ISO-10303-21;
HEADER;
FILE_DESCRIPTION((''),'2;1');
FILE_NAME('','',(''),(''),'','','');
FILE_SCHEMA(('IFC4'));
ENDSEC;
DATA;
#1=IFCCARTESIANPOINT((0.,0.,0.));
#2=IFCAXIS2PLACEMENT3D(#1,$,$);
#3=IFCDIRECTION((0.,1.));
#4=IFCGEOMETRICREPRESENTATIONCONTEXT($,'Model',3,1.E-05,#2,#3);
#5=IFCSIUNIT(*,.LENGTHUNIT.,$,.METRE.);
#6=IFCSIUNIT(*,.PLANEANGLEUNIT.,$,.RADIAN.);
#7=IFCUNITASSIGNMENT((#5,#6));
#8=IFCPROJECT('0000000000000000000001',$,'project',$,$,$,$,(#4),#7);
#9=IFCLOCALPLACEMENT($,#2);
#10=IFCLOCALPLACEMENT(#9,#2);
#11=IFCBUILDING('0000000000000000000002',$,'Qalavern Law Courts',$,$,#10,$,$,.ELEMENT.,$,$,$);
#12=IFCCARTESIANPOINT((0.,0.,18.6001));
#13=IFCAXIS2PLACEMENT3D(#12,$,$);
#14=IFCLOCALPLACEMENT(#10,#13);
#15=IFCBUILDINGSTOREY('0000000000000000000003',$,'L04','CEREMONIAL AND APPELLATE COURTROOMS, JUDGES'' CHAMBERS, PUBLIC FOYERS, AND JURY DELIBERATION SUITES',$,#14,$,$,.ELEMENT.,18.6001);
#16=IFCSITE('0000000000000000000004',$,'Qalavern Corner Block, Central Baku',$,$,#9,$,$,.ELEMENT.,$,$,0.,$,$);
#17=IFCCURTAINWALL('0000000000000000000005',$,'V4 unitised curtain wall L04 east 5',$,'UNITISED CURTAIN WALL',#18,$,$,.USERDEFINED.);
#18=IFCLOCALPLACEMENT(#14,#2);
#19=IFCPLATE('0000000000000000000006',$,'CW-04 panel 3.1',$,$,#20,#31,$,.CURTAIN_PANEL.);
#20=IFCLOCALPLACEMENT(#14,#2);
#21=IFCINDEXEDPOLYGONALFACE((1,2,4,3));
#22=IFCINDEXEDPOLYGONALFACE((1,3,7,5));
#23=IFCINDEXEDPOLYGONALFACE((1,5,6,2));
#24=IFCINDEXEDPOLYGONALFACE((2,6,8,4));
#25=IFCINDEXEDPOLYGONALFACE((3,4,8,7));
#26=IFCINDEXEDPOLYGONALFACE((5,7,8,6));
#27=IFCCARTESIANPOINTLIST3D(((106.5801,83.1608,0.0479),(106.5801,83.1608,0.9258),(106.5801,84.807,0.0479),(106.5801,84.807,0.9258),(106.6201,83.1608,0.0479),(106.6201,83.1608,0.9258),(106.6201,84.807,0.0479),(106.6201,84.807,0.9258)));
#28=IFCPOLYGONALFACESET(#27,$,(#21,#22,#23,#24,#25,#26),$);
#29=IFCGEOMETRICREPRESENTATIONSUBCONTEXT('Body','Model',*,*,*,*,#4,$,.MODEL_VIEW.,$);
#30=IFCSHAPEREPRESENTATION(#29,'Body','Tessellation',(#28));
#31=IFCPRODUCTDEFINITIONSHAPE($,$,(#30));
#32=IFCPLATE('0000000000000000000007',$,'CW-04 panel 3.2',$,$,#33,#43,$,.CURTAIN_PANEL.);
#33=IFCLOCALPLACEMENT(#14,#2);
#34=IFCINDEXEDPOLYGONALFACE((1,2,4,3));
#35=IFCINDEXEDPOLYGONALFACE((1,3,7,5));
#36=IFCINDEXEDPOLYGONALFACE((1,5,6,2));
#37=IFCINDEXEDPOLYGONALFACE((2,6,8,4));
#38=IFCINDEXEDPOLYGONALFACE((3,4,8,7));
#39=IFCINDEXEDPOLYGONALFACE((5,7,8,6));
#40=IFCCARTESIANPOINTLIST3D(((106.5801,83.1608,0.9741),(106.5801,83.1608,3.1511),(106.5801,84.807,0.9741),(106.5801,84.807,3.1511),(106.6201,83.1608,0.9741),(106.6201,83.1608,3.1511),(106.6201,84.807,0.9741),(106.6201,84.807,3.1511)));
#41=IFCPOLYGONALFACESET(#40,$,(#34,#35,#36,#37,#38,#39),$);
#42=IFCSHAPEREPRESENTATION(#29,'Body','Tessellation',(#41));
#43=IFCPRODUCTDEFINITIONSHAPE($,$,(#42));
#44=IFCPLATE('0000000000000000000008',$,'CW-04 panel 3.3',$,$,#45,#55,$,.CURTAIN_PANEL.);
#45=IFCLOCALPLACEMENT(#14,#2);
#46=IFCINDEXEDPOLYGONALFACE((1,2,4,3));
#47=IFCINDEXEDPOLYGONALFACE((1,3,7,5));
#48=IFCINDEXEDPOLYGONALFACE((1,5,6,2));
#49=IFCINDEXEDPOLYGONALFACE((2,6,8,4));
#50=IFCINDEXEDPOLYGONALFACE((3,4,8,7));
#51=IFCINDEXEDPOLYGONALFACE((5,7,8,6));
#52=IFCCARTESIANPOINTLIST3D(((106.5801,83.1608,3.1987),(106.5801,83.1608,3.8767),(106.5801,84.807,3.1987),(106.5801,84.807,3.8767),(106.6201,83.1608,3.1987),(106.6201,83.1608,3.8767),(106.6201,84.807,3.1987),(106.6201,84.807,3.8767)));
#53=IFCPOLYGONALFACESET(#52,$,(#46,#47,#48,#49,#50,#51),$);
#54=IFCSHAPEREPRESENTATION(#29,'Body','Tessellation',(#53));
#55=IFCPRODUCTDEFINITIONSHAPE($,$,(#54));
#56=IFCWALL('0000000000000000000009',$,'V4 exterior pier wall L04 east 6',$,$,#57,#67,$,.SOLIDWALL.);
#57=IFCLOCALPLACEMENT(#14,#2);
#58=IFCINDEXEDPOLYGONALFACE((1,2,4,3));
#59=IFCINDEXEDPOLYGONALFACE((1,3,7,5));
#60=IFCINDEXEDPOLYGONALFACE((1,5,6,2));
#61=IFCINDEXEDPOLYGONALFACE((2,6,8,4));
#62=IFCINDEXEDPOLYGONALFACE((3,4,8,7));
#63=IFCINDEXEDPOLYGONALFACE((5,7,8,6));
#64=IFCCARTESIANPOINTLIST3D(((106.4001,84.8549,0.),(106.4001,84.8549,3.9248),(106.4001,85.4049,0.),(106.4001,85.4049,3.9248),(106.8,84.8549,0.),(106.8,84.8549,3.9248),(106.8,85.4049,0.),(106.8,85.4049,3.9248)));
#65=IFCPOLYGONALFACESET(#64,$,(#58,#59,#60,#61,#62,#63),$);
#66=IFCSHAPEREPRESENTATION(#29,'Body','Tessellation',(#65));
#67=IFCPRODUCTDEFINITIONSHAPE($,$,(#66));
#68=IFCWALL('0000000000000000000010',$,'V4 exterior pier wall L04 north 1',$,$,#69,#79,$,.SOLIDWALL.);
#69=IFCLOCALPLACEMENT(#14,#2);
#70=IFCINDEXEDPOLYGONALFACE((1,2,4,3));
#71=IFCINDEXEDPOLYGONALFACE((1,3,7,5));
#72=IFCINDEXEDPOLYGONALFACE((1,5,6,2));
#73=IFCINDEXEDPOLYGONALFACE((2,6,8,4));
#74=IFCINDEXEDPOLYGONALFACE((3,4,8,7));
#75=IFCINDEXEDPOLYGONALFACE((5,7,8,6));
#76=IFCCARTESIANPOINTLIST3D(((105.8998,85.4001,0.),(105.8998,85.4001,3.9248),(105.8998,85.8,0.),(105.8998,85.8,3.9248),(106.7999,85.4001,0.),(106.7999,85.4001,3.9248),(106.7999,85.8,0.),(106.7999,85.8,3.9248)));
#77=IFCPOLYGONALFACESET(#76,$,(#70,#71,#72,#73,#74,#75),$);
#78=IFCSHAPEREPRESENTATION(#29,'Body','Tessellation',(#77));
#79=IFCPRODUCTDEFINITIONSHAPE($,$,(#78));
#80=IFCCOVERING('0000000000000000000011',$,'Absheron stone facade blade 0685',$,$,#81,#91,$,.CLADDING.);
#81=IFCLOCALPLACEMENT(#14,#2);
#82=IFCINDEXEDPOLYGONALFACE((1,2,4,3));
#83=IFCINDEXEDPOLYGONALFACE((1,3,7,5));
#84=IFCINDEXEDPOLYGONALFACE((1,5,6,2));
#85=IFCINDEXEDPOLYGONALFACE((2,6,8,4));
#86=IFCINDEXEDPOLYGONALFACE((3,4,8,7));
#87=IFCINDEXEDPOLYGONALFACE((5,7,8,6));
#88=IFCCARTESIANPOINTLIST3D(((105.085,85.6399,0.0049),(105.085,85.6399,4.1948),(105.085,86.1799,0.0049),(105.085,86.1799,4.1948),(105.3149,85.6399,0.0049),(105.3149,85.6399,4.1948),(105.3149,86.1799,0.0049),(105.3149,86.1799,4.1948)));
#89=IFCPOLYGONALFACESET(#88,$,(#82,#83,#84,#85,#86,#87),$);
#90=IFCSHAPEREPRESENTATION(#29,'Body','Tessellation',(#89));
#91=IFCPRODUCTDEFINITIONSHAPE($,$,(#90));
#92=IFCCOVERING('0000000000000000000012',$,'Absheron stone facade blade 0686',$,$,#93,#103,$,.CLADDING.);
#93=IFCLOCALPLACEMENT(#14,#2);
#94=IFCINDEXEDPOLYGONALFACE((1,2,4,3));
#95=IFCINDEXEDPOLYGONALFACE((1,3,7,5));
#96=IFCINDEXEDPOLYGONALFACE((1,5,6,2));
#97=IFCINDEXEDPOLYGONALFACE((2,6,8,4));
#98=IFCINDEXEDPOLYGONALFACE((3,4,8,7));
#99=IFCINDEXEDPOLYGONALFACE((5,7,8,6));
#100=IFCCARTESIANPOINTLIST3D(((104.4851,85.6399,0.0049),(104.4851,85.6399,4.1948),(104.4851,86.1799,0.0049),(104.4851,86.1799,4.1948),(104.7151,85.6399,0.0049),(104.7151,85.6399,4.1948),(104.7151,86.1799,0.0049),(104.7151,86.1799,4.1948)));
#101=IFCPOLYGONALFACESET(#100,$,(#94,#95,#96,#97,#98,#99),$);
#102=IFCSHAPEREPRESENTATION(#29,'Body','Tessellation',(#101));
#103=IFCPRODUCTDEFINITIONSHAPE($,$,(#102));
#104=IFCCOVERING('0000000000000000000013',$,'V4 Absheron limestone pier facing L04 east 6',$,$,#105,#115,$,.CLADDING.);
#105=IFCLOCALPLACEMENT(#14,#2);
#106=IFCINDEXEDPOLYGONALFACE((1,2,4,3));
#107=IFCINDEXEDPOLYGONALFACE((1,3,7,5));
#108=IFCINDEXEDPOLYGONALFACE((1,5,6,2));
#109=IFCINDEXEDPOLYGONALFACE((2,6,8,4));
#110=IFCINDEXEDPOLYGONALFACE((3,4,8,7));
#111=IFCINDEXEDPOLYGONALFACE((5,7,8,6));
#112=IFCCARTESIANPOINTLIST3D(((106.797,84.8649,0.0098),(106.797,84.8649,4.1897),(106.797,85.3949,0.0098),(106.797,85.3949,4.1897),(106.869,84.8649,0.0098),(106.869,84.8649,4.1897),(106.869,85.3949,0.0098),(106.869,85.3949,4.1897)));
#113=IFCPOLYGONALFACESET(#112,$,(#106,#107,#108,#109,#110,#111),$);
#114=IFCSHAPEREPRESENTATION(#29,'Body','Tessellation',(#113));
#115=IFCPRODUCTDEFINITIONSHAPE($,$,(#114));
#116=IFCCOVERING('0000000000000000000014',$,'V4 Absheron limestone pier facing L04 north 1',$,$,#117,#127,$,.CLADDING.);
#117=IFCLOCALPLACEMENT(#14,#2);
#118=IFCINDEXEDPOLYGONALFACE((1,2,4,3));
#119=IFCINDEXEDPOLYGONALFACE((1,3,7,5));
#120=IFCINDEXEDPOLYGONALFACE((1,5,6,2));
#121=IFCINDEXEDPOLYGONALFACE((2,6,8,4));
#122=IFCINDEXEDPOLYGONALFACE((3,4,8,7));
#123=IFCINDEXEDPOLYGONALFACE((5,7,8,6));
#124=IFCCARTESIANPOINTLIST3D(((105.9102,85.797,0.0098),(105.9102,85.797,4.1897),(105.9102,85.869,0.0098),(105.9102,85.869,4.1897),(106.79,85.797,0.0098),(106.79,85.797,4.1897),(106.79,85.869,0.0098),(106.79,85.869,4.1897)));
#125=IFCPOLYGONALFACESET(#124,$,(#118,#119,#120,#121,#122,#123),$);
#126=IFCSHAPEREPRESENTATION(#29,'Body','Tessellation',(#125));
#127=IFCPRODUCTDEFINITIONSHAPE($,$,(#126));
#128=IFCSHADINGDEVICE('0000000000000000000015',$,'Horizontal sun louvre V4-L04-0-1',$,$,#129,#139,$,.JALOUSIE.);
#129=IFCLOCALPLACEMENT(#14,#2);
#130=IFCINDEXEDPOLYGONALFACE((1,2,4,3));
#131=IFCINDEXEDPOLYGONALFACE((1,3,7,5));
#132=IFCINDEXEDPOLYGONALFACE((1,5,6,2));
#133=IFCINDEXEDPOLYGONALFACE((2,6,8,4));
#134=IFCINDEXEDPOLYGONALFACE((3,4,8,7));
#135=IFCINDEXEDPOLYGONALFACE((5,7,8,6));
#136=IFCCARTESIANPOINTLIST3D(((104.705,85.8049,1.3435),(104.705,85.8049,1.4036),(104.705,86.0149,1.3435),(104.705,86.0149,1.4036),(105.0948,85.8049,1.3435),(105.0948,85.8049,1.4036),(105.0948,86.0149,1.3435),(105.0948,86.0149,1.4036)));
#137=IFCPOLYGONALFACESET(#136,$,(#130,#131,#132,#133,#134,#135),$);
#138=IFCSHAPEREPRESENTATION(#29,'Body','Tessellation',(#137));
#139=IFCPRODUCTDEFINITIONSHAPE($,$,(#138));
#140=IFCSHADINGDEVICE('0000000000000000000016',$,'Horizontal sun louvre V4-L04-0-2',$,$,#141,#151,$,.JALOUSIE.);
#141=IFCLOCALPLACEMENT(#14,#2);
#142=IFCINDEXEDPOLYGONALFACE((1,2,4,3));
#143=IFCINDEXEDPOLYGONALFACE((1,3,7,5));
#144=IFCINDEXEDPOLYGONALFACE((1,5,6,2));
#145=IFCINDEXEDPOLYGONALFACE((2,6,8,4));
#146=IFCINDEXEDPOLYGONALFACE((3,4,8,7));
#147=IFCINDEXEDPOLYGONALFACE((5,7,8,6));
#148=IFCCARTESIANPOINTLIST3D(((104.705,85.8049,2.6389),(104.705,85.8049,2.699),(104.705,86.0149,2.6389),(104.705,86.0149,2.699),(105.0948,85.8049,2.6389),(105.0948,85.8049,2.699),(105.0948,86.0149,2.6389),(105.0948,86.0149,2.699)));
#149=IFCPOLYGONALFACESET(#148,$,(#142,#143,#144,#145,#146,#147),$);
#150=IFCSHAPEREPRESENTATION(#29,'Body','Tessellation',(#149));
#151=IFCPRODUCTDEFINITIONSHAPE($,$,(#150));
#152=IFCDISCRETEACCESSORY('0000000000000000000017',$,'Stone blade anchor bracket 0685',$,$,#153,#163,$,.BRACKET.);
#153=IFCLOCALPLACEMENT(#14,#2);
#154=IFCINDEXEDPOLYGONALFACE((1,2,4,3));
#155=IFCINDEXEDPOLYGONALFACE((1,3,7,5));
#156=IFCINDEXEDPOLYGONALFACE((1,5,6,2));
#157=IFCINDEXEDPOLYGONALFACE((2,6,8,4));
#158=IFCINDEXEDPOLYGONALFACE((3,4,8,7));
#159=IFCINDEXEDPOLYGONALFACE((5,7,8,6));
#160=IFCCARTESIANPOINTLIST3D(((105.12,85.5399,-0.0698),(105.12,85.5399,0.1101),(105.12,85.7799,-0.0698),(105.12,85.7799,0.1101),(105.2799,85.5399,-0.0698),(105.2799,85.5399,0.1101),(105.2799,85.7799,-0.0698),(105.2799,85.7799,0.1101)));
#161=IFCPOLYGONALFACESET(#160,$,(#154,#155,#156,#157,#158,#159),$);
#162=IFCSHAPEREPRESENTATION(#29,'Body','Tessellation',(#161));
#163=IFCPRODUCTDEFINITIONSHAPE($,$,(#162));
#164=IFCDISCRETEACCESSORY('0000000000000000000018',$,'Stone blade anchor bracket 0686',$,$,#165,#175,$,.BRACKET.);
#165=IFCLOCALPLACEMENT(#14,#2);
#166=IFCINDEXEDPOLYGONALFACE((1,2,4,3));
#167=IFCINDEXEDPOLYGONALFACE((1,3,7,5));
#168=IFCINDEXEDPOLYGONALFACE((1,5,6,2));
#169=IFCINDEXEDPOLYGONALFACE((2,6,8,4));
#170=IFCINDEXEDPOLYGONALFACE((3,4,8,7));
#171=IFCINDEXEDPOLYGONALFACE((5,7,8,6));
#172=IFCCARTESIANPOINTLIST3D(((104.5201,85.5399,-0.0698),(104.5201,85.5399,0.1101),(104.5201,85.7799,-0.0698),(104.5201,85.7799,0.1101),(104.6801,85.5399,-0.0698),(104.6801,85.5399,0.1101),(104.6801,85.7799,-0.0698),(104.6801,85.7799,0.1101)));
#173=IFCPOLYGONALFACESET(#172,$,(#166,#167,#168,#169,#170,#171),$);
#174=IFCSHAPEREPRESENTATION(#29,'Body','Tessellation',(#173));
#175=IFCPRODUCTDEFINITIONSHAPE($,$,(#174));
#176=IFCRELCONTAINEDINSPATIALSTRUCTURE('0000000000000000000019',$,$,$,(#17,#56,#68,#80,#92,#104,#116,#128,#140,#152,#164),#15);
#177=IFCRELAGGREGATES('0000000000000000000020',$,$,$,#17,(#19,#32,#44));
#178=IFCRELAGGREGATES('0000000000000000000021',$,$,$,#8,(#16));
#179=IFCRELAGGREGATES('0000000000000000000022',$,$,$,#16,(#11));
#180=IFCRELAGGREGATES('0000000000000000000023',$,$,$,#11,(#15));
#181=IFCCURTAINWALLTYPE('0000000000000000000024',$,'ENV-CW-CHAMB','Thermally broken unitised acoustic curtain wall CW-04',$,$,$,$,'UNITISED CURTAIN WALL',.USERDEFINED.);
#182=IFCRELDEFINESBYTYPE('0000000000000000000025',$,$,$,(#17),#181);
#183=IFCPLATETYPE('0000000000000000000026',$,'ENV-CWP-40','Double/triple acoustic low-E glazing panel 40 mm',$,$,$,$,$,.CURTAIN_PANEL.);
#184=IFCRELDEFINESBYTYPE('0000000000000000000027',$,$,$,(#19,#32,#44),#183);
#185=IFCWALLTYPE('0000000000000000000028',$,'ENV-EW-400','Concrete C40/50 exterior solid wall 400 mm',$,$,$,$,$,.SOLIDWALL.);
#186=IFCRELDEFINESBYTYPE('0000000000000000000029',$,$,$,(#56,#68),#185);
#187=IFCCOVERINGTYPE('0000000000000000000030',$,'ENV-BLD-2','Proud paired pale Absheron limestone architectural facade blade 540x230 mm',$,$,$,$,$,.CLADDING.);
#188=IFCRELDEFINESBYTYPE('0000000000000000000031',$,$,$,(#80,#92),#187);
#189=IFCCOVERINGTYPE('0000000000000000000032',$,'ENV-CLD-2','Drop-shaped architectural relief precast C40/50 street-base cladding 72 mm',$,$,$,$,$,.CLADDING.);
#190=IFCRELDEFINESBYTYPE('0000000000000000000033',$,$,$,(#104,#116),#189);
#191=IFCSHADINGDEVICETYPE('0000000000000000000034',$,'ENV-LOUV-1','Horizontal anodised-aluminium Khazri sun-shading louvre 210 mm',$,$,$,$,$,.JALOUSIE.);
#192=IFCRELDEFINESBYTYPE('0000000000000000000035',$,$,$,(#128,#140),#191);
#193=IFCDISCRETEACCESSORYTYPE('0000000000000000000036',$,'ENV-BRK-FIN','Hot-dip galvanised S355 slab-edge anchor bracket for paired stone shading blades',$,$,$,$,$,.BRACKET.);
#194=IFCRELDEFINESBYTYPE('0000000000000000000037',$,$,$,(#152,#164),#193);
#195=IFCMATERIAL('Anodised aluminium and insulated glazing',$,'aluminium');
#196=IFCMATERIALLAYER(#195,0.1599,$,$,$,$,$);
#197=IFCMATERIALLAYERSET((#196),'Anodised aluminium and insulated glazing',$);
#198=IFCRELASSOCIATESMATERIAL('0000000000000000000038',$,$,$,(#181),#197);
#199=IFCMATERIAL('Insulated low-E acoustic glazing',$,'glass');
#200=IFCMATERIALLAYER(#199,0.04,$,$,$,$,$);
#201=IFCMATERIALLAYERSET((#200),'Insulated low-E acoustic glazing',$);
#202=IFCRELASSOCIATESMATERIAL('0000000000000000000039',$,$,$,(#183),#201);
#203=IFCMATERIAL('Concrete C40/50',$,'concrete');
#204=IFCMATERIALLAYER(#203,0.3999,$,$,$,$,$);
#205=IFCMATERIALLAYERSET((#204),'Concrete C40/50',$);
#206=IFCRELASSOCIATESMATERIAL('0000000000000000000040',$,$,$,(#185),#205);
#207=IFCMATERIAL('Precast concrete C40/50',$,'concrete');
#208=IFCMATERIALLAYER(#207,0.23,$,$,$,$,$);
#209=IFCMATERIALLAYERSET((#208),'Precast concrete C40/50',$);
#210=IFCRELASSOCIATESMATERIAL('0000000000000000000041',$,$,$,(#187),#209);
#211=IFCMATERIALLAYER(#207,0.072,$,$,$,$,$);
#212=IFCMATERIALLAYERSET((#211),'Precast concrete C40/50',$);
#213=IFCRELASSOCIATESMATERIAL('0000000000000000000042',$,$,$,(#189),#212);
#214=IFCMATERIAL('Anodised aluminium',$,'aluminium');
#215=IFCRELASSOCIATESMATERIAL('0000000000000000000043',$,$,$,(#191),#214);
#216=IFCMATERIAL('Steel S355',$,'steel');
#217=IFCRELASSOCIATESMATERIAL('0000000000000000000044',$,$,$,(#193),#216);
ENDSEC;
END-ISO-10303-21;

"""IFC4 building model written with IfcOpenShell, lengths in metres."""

from ifc_helpers import new_model, si_unit, direction, frame, frame_2d, origin, origin_2d, place, context, subcontext, project, spatial, rectangle, extrude, material, layer, layer_set, type_object, element, aggregate, save


model = new_model("IFC4")

# Units and contexts
model_context = context("Model", 3, precision=1e-05, world=origin(), true_north=direction((0.0, 1.0)))
body_context = subcontext(model_context, "Body", "Model", "MODEL_VIEW")
ifc_project = project(units=[si_unit("LENGTHUNIT", "METRE"), si_unit("PLANEANGLEUNIT", "RADIAN")], contexts=[model_context])

# Site, building, storey
site_placement = place(None, origin())
site = spatial("IfcSite", under=ifc_project, at=site_placement, Name="Qalavern Corner Block, Central Baku", CompositionType="ELEMENT", RefElevation=0.0)
building_placement = place(site_placement, origin())
building = spatial("IfcBuilding", under=site, at=building_placement, Name="Qalavern Law Courts", CompositionType="ELEMENT")
storey_placement = place(building_placement, frame((0.0, 0.0, 18.6001)))
storey = spatial("IfcBuildingStorey", under=building, at=storey_placement, Name="L04", Description="CEREMONIAL AND APPELLATE COURTROOMS, JUDGES' CHAMBERS, PUBLIC FOYERS, AND JURY DELIBERATION SUITES", CompositionType="ELEMENT", Elevation=18.6001)

# Curtain wall
ifc_material_1 = material(Name="Anodised aluminium and insulated glazing", Category="aluminium")
ifc_layer_1 = layer(ifc_material_1, 0.1599)
ifc_layer_set_1 = layer_set([ifc_layer_1], Name="Anodised aluminium and insulated glazing")
curtain_wall_type = type_object("IfcCurtainWallType", Name="ENV-CW-CHAMB", Description="Thermally broken unitised acoustic curtain wall CW-04", ElementType="UNITISED CURTAIN WALL", PredefinedType="USERDEFINED", material=ifc_layer_set_1)
curtain_wall_1_placement = place(storey_placement, origin())
curtain_wall_1 = element("IfcCurtainWall", 1, at=curtain_wall_1_placement, inside=storey, type_object=curtain_wall_type, Name="V4 unitised curtain wall L04 east 5", ObjectType="UNITISED CURTAIN WALL", PredefinedType="USERDEFINED")
ifc_material_2 = material(Name="Anodised aluminium", Category="aluminium")

# Plates
ifc_material_3 = material(Name="Insulated low-E acoustic glazing", Category="glass")
ifc_layer_2 = layer(ifc_material_3, 0.04)
ifc_layer_set_2 = layer_set([ifc_layer_2], Name="Insulated low-E acoustic glazing")
plate_type_1 = type_object("IfcPlateType", Name="ENV-CWP-40", Description="Double/triple acoustic low-E glazing panel 40 mm", PredefinedType="CURTAIN_PANEL", material=ifc_layer_set_2)
plate_1_placement = place(storey_placement, frame((106.6001, 83.9839, 0.0479), z_axis=(0.0, 0.0, 1.0), x_axis=(0.0, 1.0, 0.0)))
plate_1 = element("IfcPlate", 2, at=plate_1_placement, type_object=plate_type_1, Name="CW-04 panel 3.1", PredefinedType="CURTAIN_PANEL", context=body_context, shape_type="SweptSolid", body=[
    extrude(rectangle(XDim=1.6462, YDim=0.04, at=origin_2d()), origin(), (0.0, 0.0, 1.0), 0.8779),
])
plate_2_placement = place(storey_placement, frame((106.6001, 83.9839, 0.9741), z_axis=(0.0, 0.0, 1.0), x_axis=(0.0, 1.0, 0.0)))
plate_2 = element("IfcPlate", 3, at=plate_2_placement, type_object=plate_type_1, Name="CW-04 panel 3.2", PredefinedType="CURTAIN_PANEL", context=body_context, shape_type="SweptSolid", body=[
    extrude(rectangle(XDim=1.6462, YDim=0.04, at=origin_2d()), origin(), (0.0, 0.0, 1.0), 2.177),
])
plate_3_placement = place(storey_placement, frame((106.6001, 83.9839, 3.1987), z_axis=(0.0, 0.0, 1.0), x_axis=(0.0, 1.0, 0.0)))
plate_3 = element("IfcPlate", 4, at=plate_3_placement, type_object=plate_type_1, Name="CW-04 panel 3.3", PredefinedType="CURTAIN_PANEL", context=body_context, shape_type="SweptSolid", body=[
    extrude(rectangle(XDim=1.6462, YDim=0.04, at=origin_2d()), origin(), (0.0, 0.0, 1.0), 0.678),
])
aggregate(curtain_wall_1, [plate_1, plate_2, plate_3])

# Walls
ifc_material_4 = material(Name="Concrete C40/50", Category="concrete")
ifc_layer_3 = layer(ifc_material_4, 0.3999)
ifc_layer_set_3 = layer_set([ifc_layer_3], Name="Concrete C40/50")
wall_type = type_object("IfcWallType", Name="ENV-EW-400", Description="Concrete C40/50 exterior solid wall 400 mm", PredefinedType="SOLIDWALL", material=ifc_layer_set_3)
wall_1_placement = place(storey_placement, frame((106.6001, 84.855, 0.0), z_axis=(0.0, 0.0, 1.0), x_axis=(0.0, 1.0, 0.0)))
element("IfcWall", 5, at=wall_1_placement, inside=storey, type_object=wall_type, Name="V4 exterior pier wall L04 east 6", PredefinedType="SOLIDWALL", context=body_context, shape_type="SweptSolid", body=[
    extrude(rectangle(XDim=0.55, YDim=0.3999, at=frame_2d((0.2749, 0.0))), origin(), (0.0, 0.0, 1.0), 3.9248),
])
wall_2_placement = place(storey_placement, frame((106.8, 85.6001, 0.0), z_axis=(0.0, 0.0, 1.0), x_axis=(-1.0, 0.0, 0.0)))
element("IfcWall", 6, at=wall_2_placement, inside=storey, type_object=wall_type, Name="V4 exterior pier wall L04 north 1", PredefinedType="SOLIDWALL", context=body_context, shape_type="SweptSolid", body=[
    extrude(rectangle(XDim=0.9001, YDim=0.3999, at=frame_2d((0.4502, 0.0))), origin(), (0.0, 0.0, 1.0), 3.9248),
])

# Coverings
ifc_material_5 = material(Name="Precast concrete C40/50", Category="concrete")
ifc_layer_4 = layer(ifc_material_5, 0.23)
ifc_layer_set_4 = layer_set([ifc_layer_4], Name="Precast concrete C40/50")
covering_type_1 = type_object("IfcCoveringType", Name="ENV-BLD-2", Description="Proud paired pale Absheron limestone architectural facade blade 540x230 mm", PredefinedType="CLADDING", material=ifc_layer_set_4)
for number, where, z_axis, x_axis, name in (
    (7, (105.2, 85.9099, 0.0049), (0.0, 0.0, 1.0), (0.0, 1.0, 0.0), "Absheron stone facade blade 0685"),
    (8, (104.6001, 85.9099, 0.0049), (0.0, 0.0, 1.0), (0.0, 1.0, 0.0), "Absheron stone facade blade 0686"),
):
    element("IfcCovering", number, at=place(storey_placement, frame(where, z_axis=z_axis, x_axis=x_axis)), inside=storey, type_object=covering_type_1, Name=name, PredefinedType="CLADDING", context=body_context, shape_type="SweptSolid", body=[
        extrude(rectangle(XDim=0.54, YDim=0.23, at=origin_2d()), origin(), (0.0, 0.0, 1.0), 4.1899),
    ])
ifc_layer_5 = layer(ifc_material_5, 0.072)
ifc_layer_set_5 = layer_set([ifc_layer_5], Name="Precast concrete C40/50")
covering_type_2 = type_object("IfcCoveringType", Name="ENV-CLD-2", Description="Drop-shaped architectural relief precast C40/50 street-base cladding 72 mm", PredefinedType="CLADDING", material=ifc_layer_set_5)
covering_1_placement = place(storey_placement, frame((106.833, 85.1299, 0.0098), z_axis=(0.0, 0.0, 1.0), x_axis=(0.0, 1.0, 0.0)))
element("IfcCovering", 9, at=covering_1_placement, inside=storey, type_object=covering_type_2, Name="V4 Absheron limestone pier facing L04 east 6", PredefinedType="CLADDING", context=body_context, shape_type="SweptSolid", body=[
    extrude(rectangle(XDim=0.53, YDim=0.072, at=origin_2d()), origin(), (0.0, 0.0, 1.0), 4.1799),
])
covering_2_placement = place(storey_placement, frame((106.3501, 85.833, 0.0098), z_axis=(0.0, 0.0, 1.0), x_axis=(-1.0, 0.0, 0.0)))
element("IfcCovering", 10, at=covering_2_placement, inside=storey, type_object=covering_type_2, Name="V4 Absheron limestone pier facing L04 north 1", PredefinedType="CLADDING", context=body_context, shape_type="SweptSolid", body=[
    extrude(rectangle(XDim=0.8799, YDim=0.072, at=origin_2d()), origin(), (0.0, 0.0, 1.0), 4.1799),
])

# Shading devices
shading_device_type = type_object("IfcShadingDeviceType", Name="ENV-LOUV-1", Description="Horizontal anodised-aluminium Khazri sun-shading louvre 210 mm", PredefinedType="JALOUSIE", material=ifc_material_2)
for number, where, z_axis, x_axis, name in (
    (11, (104.8999, 85.9099, 1.3435), (0.0, 0.0, 1.0), (-1.0, 0.0, 0.0), "Horizontal sun louvre V4-L04-0-1"),
    (12, (104.8999, 85.9099, 2.6389), (0.0, 0.0, 1.0), (-1.0, 0.0, 0.0), "Horizontal sun louvre V4-L04-0-2"),
):
    element("IfcShadingDevice", number, at=place(storey_placement, frame(where, z_axis=z_axis, x_axis=x_axis)), inside=storey, type_object=shading_device_type, Name=name, PredefinedType="JALOUSIE", context=body_context, shape_type="SweptSolid", body=[
        extrude(rectangle(XDim=0.3899, YDim=0.21, at=origin_2d()), origin(), (0.0, 0.0, 1.0), 0.0601),
    ])

# Discrete accessories
ifc_material_6 = material(Name="Steel S355", Category="steel")
discrete_accessory_type = type_object("IfcDiscreteAccessoryType", Name="ENV-BRK-FIN", Description="Hot-dip galvanised S355 slab-edge anchor bracket for paired stone shading blades", PredefinedType="BRACKET", material=ifc_material_6)
for number, where, z_axis, x_axis, name in (
    (13, (105.2, 85.6599, -0.0698), (0.0, 0.0, 1.0), (0.0, 1.0, 0.0), "Stone blade anchor bracket 0685"),
    (14, (104.6001, 85.6599, -0.0698), (0.0, 0.0, 1.0), (0.0, 1.0, 0.0), "Stone blade anchor bracket 0686"),
):
    element("IfcDiscreteAccessory", number, at=place(storey_placement, frame(where, z_axis=z_axis, x_axis=x_axis)), inside=storey, type_object=discrete_accessory_type, Name=name, PredefinedType="BRACKET", context=body_context, shape_type="SweptSolid", body=[
        extrude(rectangle(XDim=0.24, YDim=0.1599, at=origin_2d()), origin(), (0.0, 0.0, 1.0), 0.1799),
    ])

save(model, "model.ifc")
